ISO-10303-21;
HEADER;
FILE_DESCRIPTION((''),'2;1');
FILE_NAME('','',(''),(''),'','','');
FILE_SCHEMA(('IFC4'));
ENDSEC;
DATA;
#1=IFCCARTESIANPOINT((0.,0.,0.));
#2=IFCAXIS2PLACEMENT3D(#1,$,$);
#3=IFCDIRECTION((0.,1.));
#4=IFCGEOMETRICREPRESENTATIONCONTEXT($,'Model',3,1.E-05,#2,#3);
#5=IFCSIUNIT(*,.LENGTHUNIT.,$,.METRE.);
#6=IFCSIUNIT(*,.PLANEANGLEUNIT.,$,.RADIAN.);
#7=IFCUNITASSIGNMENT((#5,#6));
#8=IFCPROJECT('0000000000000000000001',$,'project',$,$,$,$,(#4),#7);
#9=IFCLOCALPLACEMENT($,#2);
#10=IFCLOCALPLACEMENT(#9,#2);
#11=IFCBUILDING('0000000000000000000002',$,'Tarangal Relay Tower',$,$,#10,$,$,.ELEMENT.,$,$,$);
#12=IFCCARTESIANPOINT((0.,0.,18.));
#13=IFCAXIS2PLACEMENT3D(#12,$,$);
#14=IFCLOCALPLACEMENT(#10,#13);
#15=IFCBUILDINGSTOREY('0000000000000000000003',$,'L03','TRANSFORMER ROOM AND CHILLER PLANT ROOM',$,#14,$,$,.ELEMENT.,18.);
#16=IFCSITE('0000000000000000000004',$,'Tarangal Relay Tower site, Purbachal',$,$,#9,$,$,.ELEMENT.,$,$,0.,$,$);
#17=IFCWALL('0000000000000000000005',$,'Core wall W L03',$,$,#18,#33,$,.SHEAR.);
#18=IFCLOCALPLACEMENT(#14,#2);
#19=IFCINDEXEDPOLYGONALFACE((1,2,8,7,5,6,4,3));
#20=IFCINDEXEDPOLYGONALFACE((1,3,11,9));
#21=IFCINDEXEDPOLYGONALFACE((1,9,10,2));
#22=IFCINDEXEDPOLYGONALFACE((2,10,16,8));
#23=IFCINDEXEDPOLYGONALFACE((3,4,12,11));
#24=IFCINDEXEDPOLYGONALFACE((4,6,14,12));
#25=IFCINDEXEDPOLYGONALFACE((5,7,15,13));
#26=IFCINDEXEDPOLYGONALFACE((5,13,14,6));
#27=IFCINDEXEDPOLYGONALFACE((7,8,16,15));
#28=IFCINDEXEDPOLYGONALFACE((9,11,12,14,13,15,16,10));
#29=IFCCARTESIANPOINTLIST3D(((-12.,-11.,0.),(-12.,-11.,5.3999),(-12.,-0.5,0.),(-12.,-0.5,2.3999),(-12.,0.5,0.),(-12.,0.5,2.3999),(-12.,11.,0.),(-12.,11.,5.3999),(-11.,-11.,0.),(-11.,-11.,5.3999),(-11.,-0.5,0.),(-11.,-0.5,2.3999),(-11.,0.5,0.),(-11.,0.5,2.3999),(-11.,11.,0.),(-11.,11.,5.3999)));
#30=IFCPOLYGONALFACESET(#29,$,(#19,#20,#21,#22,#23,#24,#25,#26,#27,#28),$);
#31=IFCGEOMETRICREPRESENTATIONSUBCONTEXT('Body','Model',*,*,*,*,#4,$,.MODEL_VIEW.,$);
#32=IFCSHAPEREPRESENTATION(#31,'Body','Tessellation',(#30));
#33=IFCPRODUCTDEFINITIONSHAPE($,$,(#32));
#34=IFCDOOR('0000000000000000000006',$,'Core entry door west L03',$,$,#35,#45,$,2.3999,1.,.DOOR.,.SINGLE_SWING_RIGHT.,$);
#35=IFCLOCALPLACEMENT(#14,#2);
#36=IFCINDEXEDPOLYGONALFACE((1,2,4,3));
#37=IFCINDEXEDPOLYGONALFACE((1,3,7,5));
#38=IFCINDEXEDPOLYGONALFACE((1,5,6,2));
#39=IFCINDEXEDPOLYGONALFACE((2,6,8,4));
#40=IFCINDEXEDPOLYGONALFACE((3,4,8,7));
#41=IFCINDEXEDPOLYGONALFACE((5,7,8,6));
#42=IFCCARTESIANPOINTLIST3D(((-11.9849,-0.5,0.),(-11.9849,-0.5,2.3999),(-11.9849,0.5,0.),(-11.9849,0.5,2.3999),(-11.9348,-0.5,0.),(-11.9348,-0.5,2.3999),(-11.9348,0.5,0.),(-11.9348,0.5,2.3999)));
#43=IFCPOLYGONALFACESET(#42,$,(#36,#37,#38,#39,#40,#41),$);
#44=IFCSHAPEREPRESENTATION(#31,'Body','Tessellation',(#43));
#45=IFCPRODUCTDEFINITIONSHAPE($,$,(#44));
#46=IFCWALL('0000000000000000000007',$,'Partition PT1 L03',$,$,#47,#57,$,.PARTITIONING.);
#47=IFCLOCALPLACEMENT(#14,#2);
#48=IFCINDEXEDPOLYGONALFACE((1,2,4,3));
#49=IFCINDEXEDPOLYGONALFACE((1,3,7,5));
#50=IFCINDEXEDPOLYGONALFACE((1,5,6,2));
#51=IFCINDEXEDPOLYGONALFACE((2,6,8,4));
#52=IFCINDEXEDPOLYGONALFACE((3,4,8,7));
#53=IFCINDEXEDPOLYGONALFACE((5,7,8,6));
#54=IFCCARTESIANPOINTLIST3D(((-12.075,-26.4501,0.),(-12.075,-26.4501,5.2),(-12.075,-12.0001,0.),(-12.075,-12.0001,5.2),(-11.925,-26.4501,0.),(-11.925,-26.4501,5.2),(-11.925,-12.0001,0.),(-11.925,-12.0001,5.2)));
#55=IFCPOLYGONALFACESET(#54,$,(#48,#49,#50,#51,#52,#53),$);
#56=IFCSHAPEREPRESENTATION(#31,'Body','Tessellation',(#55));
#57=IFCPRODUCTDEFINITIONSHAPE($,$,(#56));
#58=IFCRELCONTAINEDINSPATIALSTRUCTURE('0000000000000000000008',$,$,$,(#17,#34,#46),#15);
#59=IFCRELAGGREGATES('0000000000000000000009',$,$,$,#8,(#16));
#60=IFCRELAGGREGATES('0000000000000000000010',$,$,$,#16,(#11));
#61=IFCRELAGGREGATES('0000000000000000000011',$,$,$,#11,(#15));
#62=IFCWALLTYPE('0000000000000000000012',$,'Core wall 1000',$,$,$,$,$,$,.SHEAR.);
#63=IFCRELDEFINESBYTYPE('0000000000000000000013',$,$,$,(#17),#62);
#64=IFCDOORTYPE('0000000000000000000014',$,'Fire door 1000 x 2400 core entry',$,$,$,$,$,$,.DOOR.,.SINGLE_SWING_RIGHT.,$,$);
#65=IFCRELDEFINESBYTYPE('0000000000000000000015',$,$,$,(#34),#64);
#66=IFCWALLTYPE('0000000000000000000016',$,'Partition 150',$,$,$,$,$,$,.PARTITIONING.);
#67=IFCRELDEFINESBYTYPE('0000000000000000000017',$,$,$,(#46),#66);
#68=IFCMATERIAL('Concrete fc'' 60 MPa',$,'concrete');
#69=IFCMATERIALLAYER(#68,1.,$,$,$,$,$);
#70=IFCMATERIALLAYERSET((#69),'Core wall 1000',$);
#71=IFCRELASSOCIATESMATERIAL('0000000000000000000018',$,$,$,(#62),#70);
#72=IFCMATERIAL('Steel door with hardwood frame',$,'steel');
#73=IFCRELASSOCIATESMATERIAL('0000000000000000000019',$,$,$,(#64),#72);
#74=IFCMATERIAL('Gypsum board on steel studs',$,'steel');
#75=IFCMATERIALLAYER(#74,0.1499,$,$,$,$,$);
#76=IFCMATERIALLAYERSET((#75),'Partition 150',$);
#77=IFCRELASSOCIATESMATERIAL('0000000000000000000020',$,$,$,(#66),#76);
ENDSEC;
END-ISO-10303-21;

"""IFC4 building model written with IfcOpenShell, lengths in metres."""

from ifc_helpers import new_model, si_unit, direction, frame, frame_2d, origin, place, context, subcontext, project, spatial, rectangle, extrude, material, layer, layer_set, type_object, element, fill, save


model = new_model("IFC4")

# Units and contexts
model_context = context("Model", 3, precision=1e-05, world=origin(), true_north=direction((0.0, 1.0)))
body_context = subcontext(model_context, "Body", "Model", "MODEL_VIEW")
ifc_project = project(units=[si_unit("LENGTHUNIT", "METRE"), si_unit("PLANEANGLEUNIT", "RADIAN")], contexts=[model_context])

# Site, building, storey
site_placement = place(None, origin())
site = spatial("IfcSite", under=ifc_project, at=site_placement, Name="Tarangal Relay Tower site, Purbachal", CompositionType="ELEMENT", RefElevation=0.0)
building_placement = place(site_placement, origin())
building = spatial("IfcBuilding", under=site, at=building_placement, Name="Tarangal Relay Tower", CompositionType="ELEMENT")
storey_placement = place(building_placement, frame((0.0, 0.0, 18.0)))
storey = spatial("IfcBuildingStorey", under=building, at=storey_placement, Name="L03", Description="TRANSFORMER ROOM AND CHILLER PLANT ROOM", CompositionType="ELEMENT", Elevation=18.0)

# Shared definitions
ifc_material_1 = material(Name="Concrete fc' 60 MPa", Category="concrete")

# Wall, opening, door
ifc_layer_1 = layer(ifc_material_1, 1.0)
ifc_layer_set_1 = layer_set([ifc_layer_1], Name="Core wall 1000")
wall_type_1 = type_object("IfcWallType", Name="Core wall 1000", PredefinedType="SHEAR", material=ifc_layer_set_1)
wall_1_placement = place(storey_placement, frame((-11.5, -11.0, 0.0), z_axis=(0.0, 0.0, 1.0), x_axis=(0.0, 1.0, 0.0)))
wall_1 = element("IfcWall", 1, at=wall_1_placement, inside=storey, type_object=wall_type_1, Name="Core wall W L03", PredefinedType="SHEAR", context=body_context, shape_type="SweptSolid", body=[
    extrude(rectangle(XDim=22.0, YDim=1.0, at=frame_2d((11.0, 0.0))), origin(), (0.0, 0.0, 1.0), 5.3999),
])
opening_1_placement = place(wall_1_placement, frame((10.5, 0.0, 0.0)))
opening_1 = element("IfcOpeningElement", 2, at=opening_1_placement, cuts=wall_1, PredefinedType="OPENING", context=body_context, shape_type="SweptSolid", body=[
    extrude(rectangle(XDim=1.0, YDim=2.3999, at=frame_2d((0.5, 1.2))), frame((0.0, 0.51, 0.0), z_axis=(0.0, -1.0, 0.0), x_axis=(1.0, 0.0, 0.0)), (0.0, 0.0, 1.0), 1.02),
])
ifc_material_2 = material(Name="Steel door with hardwood frame", Category="steel")
door_type_1 = type_object("IfcDoorType", Name="Fire door 1000 x 2400 core entry", OperationType="SINGLE_SWING_RIGHT", PredefinedType="DOOR", material=ifc_material_2)
door_1_placement = place(opening_1_placement, origin())
door_1 = element("IfcDoor", 3, at=door_1_placement, inside=storey, type_object=door_type_1, Name="Core entry door west L03", OperationType="SINGLE_SWING_RIGHT", OverallHeight=2.3999, OverallWidth=1.0, PredefinedType="DOOR", context=body_context, shape_type="SweptSolid", body=[
    extrude(rectangle(XDim=1.0, YDim=2.3999, at=frame_2d((0.5, 1.2))), frame((0.0, 0.4849, 0.0), z_axis=(0.0, -1.0, 0.0), x_axis=(1.0, 0.0, 0.0)), (0.0, 0.0, 1.0), 0.05),
])
fill(opening_1, door_1)

# Wall
ifc_material_3 = material(Name="Gypsum board on steel studs", Category="steel")
ifc_layer_2 = layer(ifc_material_3, 0.1499)
ifc_layer_set_2 = layer_set([ifc_layer_2], Name="Partition 150")
wall_type_2 = type_object("IfcWallType", Name="Partition 150", PredefinedType="PARTITIONING", material=ifc_layer_set_2)
wall_2_placement = place(storey_placement, frame((-12.0, -12.0, 0.0), z_axis=(0.0, 0.0, 1.0), x_axis=(0.0, -1.0, 0.0)))
element("IfcWall", 4, at=wall_2_placement, inside=storey, type_object=wall_type_2, Name="Partition PT1 L03", PredefinedType="PARTITIONING", context=body_context, shape_type="SweptSolid", body=[
    extrude(rectangle(XDim=14.45, YDim=0.1499, at=frame_2d((7.2251, 0.0))), origin(), (0.0, 0.0, 1.0), 5.2),
])

save(model, "model.ifc")
